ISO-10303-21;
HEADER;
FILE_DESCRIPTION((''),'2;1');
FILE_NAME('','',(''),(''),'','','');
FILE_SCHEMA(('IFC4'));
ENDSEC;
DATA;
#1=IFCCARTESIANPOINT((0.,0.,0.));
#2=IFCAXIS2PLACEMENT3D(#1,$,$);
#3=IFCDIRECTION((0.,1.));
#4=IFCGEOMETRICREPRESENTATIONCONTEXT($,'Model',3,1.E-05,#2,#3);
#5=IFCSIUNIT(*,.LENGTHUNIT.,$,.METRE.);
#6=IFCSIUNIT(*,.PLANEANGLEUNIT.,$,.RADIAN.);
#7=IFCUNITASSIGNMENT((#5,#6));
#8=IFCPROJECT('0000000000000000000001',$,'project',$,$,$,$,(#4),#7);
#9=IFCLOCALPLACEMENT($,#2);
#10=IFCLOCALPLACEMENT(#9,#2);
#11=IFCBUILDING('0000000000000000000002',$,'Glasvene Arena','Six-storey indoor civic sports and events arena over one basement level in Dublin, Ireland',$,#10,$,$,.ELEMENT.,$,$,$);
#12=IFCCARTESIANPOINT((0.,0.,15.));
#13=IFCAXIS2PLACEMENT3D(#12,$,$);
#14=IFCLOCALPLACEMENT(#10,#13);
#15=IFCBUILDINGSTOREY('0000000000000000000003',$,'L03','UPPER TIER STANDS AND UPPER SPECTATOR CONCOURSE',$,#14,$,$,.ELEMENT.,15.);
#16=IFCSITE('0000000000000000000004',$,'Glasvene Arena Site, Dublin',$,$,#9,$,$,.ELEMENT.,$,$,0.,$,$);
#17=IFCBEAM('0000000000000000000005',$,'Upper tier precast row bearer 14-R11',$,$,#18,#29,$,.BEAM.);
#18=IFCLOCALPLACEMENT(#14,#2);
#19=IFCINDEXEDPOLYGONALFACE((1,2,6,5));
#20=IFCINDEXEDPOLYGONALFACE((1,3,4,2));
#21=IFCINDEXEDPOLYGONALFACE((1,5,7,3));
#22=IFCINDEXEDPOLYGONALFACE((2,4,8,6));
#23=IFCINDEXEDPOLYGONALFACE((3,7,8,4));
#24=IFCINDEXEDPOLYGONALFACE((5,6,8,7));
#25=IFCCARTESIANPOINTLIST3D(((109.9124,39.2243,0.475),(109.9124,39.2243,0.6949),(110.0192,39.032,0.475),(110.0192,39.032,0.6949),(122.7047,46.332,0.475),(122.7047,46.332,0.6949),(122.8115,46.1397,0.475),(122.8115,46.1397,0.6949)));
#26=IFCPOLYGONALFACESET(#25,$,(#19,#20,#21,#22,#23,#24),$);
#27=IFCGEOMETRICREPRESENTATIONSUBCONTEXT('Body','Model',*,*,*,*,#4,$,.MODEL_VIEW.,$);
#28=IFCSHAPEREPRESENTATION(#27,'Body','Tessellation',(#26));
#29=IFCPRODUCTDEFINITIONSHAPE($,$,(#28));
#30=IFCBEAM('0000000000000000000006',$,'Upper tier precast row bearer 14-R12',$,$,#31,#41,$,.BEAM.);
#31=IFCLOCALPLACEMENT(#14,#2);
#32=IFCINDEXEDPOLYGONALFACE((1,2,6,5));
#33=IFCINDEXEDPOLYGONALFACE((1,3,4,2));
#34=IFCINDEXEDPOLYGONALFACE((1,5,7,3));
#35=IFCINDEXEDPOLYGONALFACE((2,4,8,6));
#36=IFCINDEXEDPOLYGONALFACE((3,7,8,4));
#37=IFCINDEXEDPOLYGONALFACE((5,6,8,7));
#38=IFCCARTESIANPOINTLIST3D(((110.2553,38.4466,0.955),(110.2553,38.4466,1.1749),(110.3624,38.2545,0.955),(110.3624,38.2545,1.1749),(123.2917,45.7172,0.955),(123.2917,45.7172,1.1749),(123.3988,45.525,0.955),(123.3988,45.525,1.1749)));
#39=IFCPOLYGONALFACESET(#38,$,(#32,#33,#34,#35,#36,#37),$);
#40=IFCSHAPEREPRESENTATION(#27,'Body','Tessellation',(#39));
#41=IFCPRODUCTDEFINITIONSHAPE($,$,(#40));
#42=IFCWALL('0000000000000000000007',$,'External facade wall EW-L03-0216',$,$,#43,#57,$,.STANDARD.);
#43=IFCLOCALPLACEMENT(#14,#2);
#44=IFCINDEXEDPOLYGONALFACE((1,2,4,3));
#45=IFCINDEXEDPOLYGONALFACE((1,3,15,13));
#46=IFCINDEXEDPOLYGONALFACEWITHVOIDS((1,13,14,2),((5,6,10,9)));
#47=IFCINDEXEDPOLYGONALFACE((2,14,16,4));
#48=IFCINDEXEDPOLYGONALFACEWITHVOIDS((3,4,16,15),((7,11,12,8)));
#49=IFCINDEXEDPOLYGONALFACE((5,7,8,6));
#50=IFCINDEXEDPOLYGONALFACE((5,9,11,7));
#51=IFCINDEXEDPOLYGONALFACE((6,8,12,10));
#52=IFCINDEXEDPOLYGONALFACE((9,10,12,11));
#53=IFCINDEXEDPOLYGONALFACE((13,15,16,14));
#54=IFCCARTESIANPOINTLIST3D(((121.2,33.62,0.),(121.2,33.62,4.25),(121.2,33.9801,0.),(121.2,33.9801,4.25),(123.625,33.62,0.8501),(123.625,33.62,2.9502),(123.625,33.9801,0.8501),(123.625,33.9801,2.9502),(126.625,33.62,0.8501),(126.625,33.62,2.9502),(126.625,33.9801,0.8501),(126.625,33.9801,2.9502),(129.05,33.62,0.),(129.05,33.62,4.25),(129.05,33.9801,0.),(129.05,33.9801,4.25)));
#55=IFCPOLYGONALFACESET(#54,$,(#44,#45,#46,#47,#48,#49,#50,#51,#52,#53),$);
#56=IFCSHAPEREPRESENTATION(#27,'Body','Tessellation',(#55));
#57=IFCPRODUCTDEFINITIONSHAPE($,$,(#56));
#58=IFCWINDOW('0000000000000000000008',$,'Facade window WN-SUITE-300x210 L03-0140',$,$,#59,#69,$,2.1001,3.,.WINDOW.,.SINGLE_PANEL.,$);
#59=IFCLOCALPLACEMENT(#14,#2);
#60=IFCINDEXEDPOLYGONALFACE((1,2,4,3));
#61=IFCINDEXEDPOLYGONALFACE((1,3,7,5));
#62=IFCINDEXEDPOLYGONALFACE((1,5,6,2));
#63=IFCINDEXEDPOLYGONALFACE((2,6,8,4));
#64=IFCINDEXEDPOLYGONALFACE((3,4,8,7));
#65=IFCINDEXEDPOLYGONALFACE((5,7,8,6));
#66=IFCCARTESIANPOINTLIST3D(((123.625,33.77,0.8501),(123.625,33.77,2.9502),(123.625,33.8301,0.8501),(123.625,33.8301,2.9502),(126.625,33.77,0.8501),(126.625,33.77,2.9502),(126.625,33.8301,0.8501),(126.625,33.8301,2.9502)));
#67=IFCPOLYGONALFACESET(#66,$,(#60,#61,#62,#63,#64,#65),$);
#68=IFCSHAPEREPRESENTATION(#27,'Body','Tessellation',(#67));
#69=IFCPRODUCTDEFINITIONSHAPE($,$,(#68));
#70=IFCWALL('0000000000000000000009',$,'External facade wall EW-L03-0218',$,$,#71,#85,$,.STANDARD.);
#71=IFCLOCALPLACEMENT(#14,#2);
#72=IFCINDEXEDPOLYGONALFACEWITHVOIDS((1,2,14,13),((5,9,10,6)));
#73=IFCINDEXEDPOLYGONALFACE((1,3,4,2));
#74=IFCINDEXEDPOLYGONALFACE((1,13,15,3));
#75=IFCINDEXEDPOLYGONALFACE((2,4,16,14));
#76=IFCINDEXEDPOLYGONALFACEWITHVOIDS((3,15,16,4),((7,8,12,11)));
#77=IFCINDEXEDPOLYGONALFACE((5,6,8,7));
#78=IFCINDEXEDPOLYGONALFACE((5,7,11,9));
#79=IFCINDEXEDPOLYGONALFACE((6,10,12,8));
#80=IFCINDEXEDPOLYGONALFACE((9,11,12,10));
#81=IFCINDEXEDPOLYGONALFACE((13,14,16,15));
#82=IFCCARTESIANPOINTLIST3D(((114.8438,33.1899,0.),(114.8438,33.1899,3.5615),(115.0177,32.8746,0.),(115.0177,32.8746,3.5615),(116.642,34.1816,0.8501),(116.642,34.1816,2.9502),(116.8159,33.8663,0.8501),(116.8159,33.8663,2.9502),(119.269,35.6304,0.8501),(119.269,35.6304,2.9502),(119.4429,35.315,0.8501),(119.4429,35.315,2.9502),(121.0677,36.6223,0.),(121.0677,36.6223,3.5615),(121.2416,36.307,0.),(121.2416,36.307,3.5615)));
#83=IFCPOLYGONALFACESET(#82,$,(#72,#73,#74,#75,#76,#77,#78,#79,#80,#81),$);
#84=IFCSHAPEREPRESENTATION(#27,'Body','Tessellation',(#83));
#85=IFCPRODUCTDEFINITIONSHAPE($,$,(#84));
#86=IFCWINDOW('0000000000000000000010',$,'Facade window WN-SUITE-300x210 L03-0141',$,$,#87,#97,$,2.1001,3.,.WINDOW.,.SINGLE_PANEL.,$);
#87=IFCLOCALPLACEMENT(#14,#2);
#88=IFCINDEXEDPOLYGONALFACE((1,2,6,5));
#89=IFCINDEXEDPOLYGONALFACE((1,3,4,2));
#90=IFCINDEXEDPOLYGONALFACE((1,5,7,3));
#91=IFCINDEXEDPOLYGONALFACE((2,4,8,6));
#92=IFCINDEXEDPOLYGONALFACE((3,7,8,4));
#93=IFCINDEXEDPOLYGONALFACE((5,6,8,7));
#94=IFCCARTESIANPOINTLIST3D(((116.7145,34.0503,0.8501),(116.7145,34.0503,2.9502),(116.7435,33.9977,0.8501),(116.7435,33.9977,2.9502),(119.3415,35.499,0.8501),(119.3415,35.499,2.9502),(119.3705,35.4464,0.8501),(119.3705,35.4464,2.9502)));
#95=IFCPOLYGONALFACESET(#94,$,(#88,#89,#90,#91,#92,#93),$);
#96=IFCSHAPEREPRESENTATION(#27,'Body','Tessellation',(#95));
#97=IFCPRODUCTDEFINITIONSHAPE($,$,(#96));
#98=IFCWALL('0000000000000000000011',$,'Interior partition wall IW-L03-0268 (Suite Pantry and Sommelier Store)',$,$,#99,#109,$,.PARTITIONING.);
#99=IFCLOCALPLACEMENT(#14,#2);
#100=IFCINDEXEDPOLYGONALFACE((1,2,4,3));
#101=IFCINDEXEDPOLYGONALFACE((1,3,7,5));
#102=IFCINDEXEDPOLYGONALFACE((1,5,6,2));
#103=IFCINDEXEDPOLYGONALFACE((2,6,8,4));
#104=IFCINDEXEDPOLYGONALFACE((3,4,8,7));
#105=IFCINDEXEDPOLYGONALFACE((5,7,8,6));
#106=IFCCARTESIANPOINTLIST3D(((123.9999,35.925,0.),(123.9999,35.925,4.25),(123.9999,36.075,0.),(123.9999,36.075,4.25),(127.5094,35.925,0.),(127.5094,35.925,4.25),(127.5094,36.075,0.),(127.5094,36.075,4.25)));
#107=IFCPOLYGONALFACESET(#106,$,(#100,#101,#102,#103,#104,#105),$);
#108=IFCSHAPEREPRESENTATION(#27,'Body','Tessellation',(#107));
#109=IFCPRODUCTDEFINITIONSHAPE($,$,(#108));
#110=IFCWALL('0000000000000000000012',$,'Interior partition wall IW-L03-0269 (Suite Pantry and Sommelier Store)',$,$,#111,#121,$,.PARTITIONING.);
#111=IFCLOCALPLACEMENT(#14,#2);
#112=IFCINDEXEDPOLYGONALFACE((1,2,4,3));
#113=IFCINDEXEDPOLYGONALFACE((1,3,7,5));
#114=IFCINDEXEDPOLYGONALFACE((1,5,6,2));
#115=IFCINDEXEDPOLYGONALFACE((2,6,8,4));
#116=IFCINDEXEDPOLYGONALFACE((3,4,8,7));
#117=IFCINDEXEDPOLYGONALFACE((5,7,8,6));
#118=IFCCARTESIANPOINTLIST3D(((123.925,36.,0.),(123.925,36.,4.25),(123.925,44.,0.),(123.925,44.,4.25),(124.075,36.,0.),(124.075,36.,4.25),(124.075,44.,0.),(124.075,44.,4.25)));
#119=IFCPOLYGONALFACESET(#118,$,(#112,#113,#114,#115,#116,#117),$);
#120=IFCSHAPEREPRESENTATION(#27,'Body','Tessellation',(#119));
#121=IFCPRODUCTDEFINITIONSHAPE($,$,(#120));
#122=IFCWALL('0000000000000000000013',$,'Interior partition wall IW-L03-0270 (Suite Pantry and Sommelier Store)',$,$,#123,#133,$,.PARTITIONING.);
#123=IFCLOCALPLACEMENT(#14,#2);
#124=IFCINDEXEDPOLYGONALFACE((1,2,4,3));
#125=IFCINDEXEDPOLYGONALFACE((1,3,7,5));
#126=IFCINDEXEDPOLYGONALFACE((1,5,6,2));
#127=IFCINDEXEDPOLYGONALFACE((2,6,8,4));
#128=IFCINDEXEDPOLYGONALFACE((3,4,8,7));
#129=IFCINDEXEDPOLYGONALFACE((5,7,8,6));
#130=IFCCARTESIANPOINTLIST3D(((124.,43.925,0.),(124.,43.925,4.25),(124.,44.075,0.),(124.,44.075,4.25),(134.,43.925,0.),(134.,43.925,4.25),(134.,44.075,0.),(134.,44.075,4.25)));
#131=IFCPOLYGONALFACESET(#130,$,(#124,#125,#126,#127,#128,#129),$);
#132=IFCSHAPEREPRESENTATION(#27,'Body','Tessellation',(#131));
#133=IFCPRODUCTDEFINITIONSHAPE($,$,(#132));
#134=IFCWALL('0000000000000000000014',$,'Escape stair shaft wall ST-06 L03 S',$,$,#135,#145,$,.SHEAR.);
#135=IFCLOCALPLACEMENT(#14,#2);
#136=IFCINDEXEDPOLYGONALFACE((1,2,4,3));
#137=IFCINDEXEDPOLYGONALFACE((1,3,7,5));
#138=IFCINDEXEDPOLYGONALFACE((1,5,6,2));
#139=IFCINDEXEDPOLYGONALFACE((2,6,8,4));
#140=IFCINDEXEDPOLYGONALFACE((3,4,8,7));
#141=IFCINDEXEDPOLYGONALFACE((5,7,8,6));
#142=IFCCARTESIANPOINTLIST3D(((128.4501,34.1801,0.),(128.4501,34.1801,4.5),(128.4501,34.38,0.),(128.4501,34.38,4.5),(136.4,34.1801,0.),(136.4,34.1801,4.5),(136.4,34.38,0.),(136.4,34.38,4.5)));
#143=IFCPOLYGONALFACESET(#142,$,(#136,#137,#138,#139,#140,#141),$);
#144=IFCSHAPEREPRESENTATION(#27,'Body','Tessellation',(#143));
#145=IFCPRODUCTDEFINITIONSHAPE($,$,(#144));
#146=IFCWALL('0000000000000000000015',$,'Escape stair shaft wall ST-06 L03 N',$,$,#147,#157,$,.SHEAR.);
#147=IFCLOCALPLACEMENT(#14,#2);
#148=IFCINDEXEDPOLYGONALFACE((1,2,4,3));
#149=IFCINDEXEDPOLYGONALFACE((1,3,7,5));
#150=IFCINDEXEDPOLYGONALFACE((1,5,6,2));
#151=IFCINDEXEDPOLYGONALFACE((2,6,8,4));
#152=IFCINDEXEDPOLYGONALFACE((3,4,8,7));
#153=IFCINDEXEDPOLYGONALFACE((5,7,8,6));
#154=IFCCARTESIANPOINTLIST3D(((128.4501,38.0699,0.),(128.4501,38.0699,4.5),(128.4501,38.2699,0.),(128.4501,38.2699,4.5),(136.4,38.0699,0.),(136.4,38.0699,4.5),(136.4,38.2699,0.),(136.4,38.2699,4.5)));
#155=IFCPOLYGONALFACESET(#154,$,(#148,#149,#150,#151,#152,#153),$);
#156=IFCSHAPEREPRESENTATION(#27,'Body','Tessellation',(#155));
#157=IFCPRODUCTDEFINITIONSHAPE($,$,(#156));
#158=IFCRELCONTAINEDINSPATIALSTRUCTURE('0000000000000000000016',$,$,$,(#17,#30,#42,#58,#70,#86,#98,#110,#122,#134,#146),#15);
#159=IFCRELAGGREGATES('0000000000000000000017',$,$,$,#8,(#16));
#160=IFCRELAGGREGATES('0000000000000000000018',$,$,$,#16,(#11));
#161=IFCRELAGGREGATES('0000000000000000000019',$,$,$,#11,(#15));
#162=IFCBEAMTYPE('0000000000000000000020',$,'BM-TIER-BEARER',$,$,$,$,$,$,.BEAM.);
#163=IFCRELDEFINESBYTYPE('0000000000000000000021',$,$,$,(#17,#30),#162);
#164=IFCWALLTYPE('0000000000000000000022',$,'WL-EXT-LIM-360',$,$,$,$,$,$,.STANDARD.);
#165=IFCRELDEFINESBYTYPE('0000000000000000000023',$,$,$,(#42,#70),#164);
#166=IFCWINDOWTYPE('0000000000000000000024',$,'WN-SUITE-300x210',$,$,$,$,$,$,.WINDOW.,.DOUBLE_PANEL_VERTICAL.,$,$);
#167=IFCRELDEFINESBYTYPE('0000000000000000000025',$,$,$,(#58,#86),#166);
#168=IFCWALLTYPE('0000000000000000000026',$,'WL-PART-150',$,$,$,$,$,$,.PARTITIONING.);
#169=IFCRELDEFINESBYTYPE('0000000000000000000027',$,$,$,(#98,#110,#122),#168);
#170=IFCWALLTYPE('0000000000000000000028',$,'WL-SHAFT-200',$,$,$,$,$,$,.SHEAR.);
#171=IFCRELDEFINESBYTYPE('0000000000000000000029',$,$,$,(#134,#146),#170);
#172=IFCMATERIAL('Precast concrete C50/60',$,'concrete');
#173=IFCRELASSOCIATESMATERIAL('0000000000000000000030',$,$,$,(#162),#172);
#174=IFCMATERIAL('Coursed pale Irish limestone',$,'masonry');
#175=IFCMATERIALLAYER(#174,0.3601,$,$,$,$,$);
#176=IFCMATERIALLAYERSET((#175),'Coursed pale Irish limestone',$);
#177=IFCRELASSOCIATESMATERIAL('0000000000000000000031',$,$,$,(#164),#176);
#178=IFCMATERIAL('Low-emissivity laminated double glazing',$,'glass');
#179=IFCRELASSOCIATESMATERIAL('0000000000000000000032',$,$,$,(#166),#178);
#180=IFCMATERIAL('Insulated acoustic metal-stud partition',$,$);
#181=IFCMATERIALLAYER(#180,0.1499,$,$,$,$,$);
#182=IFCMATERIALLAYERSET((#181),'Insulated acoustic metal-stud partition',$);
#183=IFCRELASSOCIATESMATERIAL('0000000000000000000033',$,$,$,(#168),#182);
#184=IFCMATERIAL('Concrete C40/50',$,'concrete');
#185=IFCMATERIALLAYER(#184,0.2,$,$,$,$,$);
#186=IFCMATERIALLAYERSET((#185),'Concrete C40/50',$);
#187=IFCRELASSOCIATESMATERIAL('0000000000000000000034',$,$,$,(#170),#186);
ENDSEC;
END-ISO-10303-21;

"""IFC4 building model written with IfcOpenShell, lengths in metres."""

from ifc_helpers import new_model, si_unit, direction, frame, frame_2d, origin, origin_2d, place, context, subcontext, project, spatial, rectangle, extrude, material, layer, layer_set, material_profile, profile_set, type_object, element, fill, save


model = new_model("IFC4")

# Units and contexts
model_context = context("Model", 3, precision=1e-05, world=origin(), true_north=direction((0.0, 1.0)))
body_context = subcontext(model_context, "Body", "Model", "MODEL_VIEW")
ifc_project = project(units=[si_unit("LENGTHUNIT", "METRE"), si_unit("PLANEANGLEUNIT", "RADIAN")], contexts=[model_context])

# Site, building, storey
site_placement = place(None, origin())
site = spatial("IfcSite", under=ifc_project, at=site_placement, Name="Glasvene Arena Site, Dublin", CompositionType="ELEMENT", RefElevation=0.0)
building_placement = place(site_placement, origin())
building = spatial("IfcBuilding", under=site, at=building_placement, Name="Glasvene Arena", Description="Six-storey indoor civic sports and events arena over one basement level in Dublin, Ireland", CompositionType="ELEMENT")
storey_placement = place(building_placement, frame((0.0, 0.0, 15.0)))
storey = spatial("IfcBuildingStorey", under=building, at=storey_placement, Name="L03", Description="UPPER TIER STANDS AND UPPER SPECTATOR CONCOURSE", CompositionType="ELEMENT", Elevation=15.0)

# Beams
ifc_material_1 = material(Name="Precast concrete C50/60", Category="concrete")
ifc_material_profile_1 = material_profile(ifc_material_1, rectangle(XDim=0.22, YDim=0.22, at=origin_2d()), Name="RC 220x220")
ifc_profile_set_1 = profile_set([ifc_material_profile_1], Name="Precast concrete C50/60")
beam_type_1 = type_object("IfcBeamType", Name="BM-TIER-BEARER", PredefinedType="BEAM", material=ifc_profile_set_1)
beam_1_placement = place(storey_placement, frame((109.9658, 39.1282, 0.585), z_axis=(0.874132, 0.485688, 0.0), x_axis=(-0.485688, 0.874132, 0.0)))
element("IfcBeam", 1, at=beam_1_placement, inside=storey, type_object=beam_type_1, Name="Upper tier precast row bearer 14-R11", PredefinedType="BEAM", context=body_context, shape_type="SweptSolid", body=[
    extrude(rectangle(XDim=0.22, YDim=0.22, at=origin_2d()), origin(), (0.0, 0.0, 1.0), 14.6343),
])
beam_2_placement = place(storey_placement, frame((110.3088, 38.3506, 1.0649), z_axis=(0.873358, 0.48708, 0.0), x_axis=(-0.48708, 0.873358, 0.0)))
element("IfcBeam", 2, at=beam_2_placement, inside=storey, type_object=beam_type_1, Name="Upper tier precast row bearer 14-R12", PredefinedType="BEAM", context=body_context, shape_type="SweptSolid", body=[
    extrude(rectangle(XDim=0.22, YDim=0.22, at=origin_2d()), origin(), (0.0, 0.0, 1.0), 14.9268),
])

# Walls, openings, windows
ifc_material_2 = material(Name="Coursed pale Irish limestone", Category="masonry")
ifc_layer_1 = layer(ifc_material_2, 0.3601)
ifc_layer_set_1 = layer_set([ifc_layer_1], Name="Coursed pale Irish limestone")
wall_type_1 = type_object("IfcWallType", Name="WL-EXT-LIM-360", PredefinedType="STANDARD", material=ifc_layer_set_1)
wall_1_placement = place(storey_placement, frame((129.05, 33.8, 0.0), z_axis=(0.0, 0.0, 1.0), x_axis=(-1.0, 0.0, 0.0)))
wall_1 = element("IfcWall", 3, at=wall_1_placement, inside=storey, type_object=wall_type_1, Name="External facade wall EW-L03-0216", PredefinedType="STANDARD", context=body_context, shape_type="SweptSolid", body=[
    extrude(rectangle(XDim=7.8501, YDim=0.3601, at=frame_2d((3.925, 0.0))), origin(), (0.0, 0.0, 1.0), 4.25),
])
opening_1_placement = place(wall_1_placement, frame((2.425, 0.0, 0.8501)))
opening_1 = element("IfcOpeningElement", 4, at=opening_1_placement, cuts=wall_1, PredefinedType="OPENING", context=body_context, shape_type="SweptSolid", body=[
    extrude(rectangle(XDim=3.0, YDim=2.1001, at=frame_2d((1.5, 1.05))), frame((0.0, 0.1899, 0.0), z_axis=(0.0, -1.0, 0.0), x_axis=(1.0, 0.0, 0.0)), (0.0, 0.0, 1.0), 0.3801),
])
ifc_material_3 = material(Name="Low-emissivity laminated double glazing", Category="glass")
window_type = type_object("IfcWindowType", Name="WN-SUITE-300x210", PartitioningType="DOUBLE_PANEL_VERTICAL", PredefinedType="WINDOW", material=ifc_material_3)
window_1_placement = place(opening_1_placement, origin())
window_1 = element("IfcWindow", 5, at=window_1_placement, inside=storey, type_object=window_type, Name="Facade window WN-SUITE-300x210 L03-0140", OverallHeight=2.1001, OverallWidth=3.0, PartitioningType="SINGLE_PANEL", PredefinedType="WINDOW", context=body_context, shape_type="SweptSolid", body=[
    extrude(rectangle(XDim=3.0, YDim=2.1001, at=frame_2d((1.5, 1.05))), frame((0.0, 0.03, 0.0), z_axis=(0.0, -1.0, 0.0), x_axis=(1.0, 0.0, 0.0)), (0.0, 0.0, 1.0), 0.0601),
])
fill(opening_1, window_1)
wall_2_placement = place(storey_placement, frame((121.1545, 36.4646, 0.0), z_axis=(0.0, 0.0, 1.0), x_axis=(-0.875666, -0.482917, 0.0)))
wall_2 = element("IfcWall", 6, at=wall_2_placement, inside=storey, type_object=wall_type_1, Name="External facade wall EW-L03-0218", PredefinedType="STANDARD", context=body_context, shape_type="SweptSolid", body=[
    extrude(rectangle(XDim=7.1077, YDim=0.3601, at=frame_2d((3.5537, 0.0))), origin(), (0.0, 0.0, 1.0), 3.5615),
])
opening_2_placement = place(wall_2_placement, frame((2.054, 0.0, 0.8501)))
opening_2 = element("IfcOpeningElement", 7, at=opening_2_placement, cuts=wall_2, PredefinedType="OPENING", context=body_context, shape_type="SweptSolid", body=[
    extrude(rectangle(XDim=3.0, YDim=2.1001, at=frame_2d((1.5, 1.05))), frame((0.0, 0.1899, 0.0), z_axis=(0.0, -1.0, 0.0), x_axis=(1.0, 0.0, 0.0)), (0.0, 0.0, 1.0), 0.3801),
])
window_2_placement = place(opening_2_placement, origin())
window_2 = element("IfcWindow", 8, at=window_2_placement, inside=storey, type_object=window_type, Name="Facade window WN-SUITE-300x210 L03-0141", OverallHeight=2.1001, OverallWidth=3.0, PartitioningType="SINGLE_PANEL", PredefinedType="WINDOW", context=body_context, shape_type="SweptSolid", body=[
    extrude(rectangle(XDim=3.0, YDim=2.1001, at=frame_2d((1.5, 1.05))), frame((0.0, 0.03, 0.0), z_axis=(0.0, -1.0, 0.0), x_axis=(1.0, 0.0, 0.0)), (0.0, 0.0, 1.0), 0.0601),
])
fill(opening_2, window_2)

# Walls
ifc_material_4 = material(Name="Insulated acoustic metal-stud partition")
ifc_layer_2 = layer(ifc_material_4, 0.1499)
ifc_layer_set_2 = layer_set([ifc_layer_2], Name="Insulated acoustic metal-stud partition")
wall_type_2 = type_object("IfcWallType", Name="WL-PART-150", PredefinedType="PARTITIONING", material=ifc_layer_set_2)
wall_3_placement = place(storey_placement, frame((127.5095, 36.0, 0.0), z_axis=(0.0, 0.0, 1.0), x_axis=(-1.0, 0.0, 0.0)))
element("IfcWall", 9, at=wall_3_placement, inside=storey, type_object=wall_type_2, Name="Interior partition wall IW-L03-0268 (Suite Pantry and Sommelier Store)", PredefinedType="PARTITIONING", context=body_context, shape_type="SweptSolid", body=[
    extrude(rectangle(XDim=3.5095, YDim=0.1499, at=frame_2d((1.7549, 0.0))), origin(), (0.0, 0.0, 1.0), 4.25),
])
wall_4_placement = place(storey_placement, frame((124.0, 36.0, 0.0), z_axis=(0.0, 0.0, 1.0), x_axis=(0.0, 1.0, 0.0)))
element("IfcWall", 10, at=wall_4_placement, inside=storey, type_object=wall_type_2, Name="Interior partition wall IW-L03-0269 (Suite Pantry and Sommelier Store)", PredefinedType="PARTITIONING", context=body_context, shape_type="SweptSolid", body=[
    extrude(rectangle(XDim=8.0, YDim=0.1499, at=frame_2d((4.0, 0.0))), origin(), (0.0, 0.0, 1.0), 4.25),
])
wall_5_placement = place(storey_placement, frame((124.0, 44.0, 0.0), z_axis=(0.0, 0.0, 1.0), x_axis=(1.0, 0.0, 0.0)))
element("IfcWall", 11, at=wall_5_placement, inside=storey, type_object=wall_type_2, Name="Interior partition wall IW-L03-0270 (Suite Pantry and Sommelier Store)", PredefinedType="PARTITIONING", context=body_context, shape_type="SweptSolid", body=[
    extrude(rectangle(XDim=10.0, YDim=0.1499, at=frame_2d((5.0, 0.0))), origin(), (0.0, 0.0, 1.0), 4.25),
])
ifc_material_5 = material(Name="Concrete C40/50", Category="concrete")
ifc_layer_3 = layer(ifc_material_5, 0.2)
ifc_layer_set_3 = layer_set([ifc_layer_3], Name="Concrete C40/50")
wall_type_3 = type_object("IfcWallType", Name="WL-SHAFT-200", PredefinedType="SHEAR", material=ifc_layer_set_3)
wall_6_placement = place(storey_placement, frame((128.45, 34.28, 0.0), z_axis=(0.0, 0.0, 1.0), x_axis=(1.0, 0.0, 0.0)))
element("IfcWall", 12, at=wall_6_placement, inside=storey, type_object=wall_type_3, Name="Escape stair shaft wall ST-06 L03 S", PredefinedType="SHEAR", context=body_context, shape_type="SweptSolid", body=[
    extrude(rectangle(XDim=7.95, YDim=0.2, at=frame_2d((3.9751, 0.0))), origin(), (0.0, 0.0, 1.0), 4.5),
])

# Wall
wall_7_placement = place(storey_placement, frame((128.45, 38.1699, 0.0), z_axis=(0.0, 0.0, 1.0), x_axis=(1.0, 0.0, 0.0)))
element("IfcWall", 13, at=wall_7_placement, inside=storey, type_object=wall_type_3, Name="Escape stair shaft wall ST-06 L03 N", PredefinedType="SHEAR", context=body_context, shape_type="SweptSolid", body=[
    extrude(rectangle(XDim=7.95, YDim=0.2, at=frame_2d((3.9751, 0.0))), origin(), (0.0, 0.0, 1.0), 4.5),
])

save(model, "model.ifc")
